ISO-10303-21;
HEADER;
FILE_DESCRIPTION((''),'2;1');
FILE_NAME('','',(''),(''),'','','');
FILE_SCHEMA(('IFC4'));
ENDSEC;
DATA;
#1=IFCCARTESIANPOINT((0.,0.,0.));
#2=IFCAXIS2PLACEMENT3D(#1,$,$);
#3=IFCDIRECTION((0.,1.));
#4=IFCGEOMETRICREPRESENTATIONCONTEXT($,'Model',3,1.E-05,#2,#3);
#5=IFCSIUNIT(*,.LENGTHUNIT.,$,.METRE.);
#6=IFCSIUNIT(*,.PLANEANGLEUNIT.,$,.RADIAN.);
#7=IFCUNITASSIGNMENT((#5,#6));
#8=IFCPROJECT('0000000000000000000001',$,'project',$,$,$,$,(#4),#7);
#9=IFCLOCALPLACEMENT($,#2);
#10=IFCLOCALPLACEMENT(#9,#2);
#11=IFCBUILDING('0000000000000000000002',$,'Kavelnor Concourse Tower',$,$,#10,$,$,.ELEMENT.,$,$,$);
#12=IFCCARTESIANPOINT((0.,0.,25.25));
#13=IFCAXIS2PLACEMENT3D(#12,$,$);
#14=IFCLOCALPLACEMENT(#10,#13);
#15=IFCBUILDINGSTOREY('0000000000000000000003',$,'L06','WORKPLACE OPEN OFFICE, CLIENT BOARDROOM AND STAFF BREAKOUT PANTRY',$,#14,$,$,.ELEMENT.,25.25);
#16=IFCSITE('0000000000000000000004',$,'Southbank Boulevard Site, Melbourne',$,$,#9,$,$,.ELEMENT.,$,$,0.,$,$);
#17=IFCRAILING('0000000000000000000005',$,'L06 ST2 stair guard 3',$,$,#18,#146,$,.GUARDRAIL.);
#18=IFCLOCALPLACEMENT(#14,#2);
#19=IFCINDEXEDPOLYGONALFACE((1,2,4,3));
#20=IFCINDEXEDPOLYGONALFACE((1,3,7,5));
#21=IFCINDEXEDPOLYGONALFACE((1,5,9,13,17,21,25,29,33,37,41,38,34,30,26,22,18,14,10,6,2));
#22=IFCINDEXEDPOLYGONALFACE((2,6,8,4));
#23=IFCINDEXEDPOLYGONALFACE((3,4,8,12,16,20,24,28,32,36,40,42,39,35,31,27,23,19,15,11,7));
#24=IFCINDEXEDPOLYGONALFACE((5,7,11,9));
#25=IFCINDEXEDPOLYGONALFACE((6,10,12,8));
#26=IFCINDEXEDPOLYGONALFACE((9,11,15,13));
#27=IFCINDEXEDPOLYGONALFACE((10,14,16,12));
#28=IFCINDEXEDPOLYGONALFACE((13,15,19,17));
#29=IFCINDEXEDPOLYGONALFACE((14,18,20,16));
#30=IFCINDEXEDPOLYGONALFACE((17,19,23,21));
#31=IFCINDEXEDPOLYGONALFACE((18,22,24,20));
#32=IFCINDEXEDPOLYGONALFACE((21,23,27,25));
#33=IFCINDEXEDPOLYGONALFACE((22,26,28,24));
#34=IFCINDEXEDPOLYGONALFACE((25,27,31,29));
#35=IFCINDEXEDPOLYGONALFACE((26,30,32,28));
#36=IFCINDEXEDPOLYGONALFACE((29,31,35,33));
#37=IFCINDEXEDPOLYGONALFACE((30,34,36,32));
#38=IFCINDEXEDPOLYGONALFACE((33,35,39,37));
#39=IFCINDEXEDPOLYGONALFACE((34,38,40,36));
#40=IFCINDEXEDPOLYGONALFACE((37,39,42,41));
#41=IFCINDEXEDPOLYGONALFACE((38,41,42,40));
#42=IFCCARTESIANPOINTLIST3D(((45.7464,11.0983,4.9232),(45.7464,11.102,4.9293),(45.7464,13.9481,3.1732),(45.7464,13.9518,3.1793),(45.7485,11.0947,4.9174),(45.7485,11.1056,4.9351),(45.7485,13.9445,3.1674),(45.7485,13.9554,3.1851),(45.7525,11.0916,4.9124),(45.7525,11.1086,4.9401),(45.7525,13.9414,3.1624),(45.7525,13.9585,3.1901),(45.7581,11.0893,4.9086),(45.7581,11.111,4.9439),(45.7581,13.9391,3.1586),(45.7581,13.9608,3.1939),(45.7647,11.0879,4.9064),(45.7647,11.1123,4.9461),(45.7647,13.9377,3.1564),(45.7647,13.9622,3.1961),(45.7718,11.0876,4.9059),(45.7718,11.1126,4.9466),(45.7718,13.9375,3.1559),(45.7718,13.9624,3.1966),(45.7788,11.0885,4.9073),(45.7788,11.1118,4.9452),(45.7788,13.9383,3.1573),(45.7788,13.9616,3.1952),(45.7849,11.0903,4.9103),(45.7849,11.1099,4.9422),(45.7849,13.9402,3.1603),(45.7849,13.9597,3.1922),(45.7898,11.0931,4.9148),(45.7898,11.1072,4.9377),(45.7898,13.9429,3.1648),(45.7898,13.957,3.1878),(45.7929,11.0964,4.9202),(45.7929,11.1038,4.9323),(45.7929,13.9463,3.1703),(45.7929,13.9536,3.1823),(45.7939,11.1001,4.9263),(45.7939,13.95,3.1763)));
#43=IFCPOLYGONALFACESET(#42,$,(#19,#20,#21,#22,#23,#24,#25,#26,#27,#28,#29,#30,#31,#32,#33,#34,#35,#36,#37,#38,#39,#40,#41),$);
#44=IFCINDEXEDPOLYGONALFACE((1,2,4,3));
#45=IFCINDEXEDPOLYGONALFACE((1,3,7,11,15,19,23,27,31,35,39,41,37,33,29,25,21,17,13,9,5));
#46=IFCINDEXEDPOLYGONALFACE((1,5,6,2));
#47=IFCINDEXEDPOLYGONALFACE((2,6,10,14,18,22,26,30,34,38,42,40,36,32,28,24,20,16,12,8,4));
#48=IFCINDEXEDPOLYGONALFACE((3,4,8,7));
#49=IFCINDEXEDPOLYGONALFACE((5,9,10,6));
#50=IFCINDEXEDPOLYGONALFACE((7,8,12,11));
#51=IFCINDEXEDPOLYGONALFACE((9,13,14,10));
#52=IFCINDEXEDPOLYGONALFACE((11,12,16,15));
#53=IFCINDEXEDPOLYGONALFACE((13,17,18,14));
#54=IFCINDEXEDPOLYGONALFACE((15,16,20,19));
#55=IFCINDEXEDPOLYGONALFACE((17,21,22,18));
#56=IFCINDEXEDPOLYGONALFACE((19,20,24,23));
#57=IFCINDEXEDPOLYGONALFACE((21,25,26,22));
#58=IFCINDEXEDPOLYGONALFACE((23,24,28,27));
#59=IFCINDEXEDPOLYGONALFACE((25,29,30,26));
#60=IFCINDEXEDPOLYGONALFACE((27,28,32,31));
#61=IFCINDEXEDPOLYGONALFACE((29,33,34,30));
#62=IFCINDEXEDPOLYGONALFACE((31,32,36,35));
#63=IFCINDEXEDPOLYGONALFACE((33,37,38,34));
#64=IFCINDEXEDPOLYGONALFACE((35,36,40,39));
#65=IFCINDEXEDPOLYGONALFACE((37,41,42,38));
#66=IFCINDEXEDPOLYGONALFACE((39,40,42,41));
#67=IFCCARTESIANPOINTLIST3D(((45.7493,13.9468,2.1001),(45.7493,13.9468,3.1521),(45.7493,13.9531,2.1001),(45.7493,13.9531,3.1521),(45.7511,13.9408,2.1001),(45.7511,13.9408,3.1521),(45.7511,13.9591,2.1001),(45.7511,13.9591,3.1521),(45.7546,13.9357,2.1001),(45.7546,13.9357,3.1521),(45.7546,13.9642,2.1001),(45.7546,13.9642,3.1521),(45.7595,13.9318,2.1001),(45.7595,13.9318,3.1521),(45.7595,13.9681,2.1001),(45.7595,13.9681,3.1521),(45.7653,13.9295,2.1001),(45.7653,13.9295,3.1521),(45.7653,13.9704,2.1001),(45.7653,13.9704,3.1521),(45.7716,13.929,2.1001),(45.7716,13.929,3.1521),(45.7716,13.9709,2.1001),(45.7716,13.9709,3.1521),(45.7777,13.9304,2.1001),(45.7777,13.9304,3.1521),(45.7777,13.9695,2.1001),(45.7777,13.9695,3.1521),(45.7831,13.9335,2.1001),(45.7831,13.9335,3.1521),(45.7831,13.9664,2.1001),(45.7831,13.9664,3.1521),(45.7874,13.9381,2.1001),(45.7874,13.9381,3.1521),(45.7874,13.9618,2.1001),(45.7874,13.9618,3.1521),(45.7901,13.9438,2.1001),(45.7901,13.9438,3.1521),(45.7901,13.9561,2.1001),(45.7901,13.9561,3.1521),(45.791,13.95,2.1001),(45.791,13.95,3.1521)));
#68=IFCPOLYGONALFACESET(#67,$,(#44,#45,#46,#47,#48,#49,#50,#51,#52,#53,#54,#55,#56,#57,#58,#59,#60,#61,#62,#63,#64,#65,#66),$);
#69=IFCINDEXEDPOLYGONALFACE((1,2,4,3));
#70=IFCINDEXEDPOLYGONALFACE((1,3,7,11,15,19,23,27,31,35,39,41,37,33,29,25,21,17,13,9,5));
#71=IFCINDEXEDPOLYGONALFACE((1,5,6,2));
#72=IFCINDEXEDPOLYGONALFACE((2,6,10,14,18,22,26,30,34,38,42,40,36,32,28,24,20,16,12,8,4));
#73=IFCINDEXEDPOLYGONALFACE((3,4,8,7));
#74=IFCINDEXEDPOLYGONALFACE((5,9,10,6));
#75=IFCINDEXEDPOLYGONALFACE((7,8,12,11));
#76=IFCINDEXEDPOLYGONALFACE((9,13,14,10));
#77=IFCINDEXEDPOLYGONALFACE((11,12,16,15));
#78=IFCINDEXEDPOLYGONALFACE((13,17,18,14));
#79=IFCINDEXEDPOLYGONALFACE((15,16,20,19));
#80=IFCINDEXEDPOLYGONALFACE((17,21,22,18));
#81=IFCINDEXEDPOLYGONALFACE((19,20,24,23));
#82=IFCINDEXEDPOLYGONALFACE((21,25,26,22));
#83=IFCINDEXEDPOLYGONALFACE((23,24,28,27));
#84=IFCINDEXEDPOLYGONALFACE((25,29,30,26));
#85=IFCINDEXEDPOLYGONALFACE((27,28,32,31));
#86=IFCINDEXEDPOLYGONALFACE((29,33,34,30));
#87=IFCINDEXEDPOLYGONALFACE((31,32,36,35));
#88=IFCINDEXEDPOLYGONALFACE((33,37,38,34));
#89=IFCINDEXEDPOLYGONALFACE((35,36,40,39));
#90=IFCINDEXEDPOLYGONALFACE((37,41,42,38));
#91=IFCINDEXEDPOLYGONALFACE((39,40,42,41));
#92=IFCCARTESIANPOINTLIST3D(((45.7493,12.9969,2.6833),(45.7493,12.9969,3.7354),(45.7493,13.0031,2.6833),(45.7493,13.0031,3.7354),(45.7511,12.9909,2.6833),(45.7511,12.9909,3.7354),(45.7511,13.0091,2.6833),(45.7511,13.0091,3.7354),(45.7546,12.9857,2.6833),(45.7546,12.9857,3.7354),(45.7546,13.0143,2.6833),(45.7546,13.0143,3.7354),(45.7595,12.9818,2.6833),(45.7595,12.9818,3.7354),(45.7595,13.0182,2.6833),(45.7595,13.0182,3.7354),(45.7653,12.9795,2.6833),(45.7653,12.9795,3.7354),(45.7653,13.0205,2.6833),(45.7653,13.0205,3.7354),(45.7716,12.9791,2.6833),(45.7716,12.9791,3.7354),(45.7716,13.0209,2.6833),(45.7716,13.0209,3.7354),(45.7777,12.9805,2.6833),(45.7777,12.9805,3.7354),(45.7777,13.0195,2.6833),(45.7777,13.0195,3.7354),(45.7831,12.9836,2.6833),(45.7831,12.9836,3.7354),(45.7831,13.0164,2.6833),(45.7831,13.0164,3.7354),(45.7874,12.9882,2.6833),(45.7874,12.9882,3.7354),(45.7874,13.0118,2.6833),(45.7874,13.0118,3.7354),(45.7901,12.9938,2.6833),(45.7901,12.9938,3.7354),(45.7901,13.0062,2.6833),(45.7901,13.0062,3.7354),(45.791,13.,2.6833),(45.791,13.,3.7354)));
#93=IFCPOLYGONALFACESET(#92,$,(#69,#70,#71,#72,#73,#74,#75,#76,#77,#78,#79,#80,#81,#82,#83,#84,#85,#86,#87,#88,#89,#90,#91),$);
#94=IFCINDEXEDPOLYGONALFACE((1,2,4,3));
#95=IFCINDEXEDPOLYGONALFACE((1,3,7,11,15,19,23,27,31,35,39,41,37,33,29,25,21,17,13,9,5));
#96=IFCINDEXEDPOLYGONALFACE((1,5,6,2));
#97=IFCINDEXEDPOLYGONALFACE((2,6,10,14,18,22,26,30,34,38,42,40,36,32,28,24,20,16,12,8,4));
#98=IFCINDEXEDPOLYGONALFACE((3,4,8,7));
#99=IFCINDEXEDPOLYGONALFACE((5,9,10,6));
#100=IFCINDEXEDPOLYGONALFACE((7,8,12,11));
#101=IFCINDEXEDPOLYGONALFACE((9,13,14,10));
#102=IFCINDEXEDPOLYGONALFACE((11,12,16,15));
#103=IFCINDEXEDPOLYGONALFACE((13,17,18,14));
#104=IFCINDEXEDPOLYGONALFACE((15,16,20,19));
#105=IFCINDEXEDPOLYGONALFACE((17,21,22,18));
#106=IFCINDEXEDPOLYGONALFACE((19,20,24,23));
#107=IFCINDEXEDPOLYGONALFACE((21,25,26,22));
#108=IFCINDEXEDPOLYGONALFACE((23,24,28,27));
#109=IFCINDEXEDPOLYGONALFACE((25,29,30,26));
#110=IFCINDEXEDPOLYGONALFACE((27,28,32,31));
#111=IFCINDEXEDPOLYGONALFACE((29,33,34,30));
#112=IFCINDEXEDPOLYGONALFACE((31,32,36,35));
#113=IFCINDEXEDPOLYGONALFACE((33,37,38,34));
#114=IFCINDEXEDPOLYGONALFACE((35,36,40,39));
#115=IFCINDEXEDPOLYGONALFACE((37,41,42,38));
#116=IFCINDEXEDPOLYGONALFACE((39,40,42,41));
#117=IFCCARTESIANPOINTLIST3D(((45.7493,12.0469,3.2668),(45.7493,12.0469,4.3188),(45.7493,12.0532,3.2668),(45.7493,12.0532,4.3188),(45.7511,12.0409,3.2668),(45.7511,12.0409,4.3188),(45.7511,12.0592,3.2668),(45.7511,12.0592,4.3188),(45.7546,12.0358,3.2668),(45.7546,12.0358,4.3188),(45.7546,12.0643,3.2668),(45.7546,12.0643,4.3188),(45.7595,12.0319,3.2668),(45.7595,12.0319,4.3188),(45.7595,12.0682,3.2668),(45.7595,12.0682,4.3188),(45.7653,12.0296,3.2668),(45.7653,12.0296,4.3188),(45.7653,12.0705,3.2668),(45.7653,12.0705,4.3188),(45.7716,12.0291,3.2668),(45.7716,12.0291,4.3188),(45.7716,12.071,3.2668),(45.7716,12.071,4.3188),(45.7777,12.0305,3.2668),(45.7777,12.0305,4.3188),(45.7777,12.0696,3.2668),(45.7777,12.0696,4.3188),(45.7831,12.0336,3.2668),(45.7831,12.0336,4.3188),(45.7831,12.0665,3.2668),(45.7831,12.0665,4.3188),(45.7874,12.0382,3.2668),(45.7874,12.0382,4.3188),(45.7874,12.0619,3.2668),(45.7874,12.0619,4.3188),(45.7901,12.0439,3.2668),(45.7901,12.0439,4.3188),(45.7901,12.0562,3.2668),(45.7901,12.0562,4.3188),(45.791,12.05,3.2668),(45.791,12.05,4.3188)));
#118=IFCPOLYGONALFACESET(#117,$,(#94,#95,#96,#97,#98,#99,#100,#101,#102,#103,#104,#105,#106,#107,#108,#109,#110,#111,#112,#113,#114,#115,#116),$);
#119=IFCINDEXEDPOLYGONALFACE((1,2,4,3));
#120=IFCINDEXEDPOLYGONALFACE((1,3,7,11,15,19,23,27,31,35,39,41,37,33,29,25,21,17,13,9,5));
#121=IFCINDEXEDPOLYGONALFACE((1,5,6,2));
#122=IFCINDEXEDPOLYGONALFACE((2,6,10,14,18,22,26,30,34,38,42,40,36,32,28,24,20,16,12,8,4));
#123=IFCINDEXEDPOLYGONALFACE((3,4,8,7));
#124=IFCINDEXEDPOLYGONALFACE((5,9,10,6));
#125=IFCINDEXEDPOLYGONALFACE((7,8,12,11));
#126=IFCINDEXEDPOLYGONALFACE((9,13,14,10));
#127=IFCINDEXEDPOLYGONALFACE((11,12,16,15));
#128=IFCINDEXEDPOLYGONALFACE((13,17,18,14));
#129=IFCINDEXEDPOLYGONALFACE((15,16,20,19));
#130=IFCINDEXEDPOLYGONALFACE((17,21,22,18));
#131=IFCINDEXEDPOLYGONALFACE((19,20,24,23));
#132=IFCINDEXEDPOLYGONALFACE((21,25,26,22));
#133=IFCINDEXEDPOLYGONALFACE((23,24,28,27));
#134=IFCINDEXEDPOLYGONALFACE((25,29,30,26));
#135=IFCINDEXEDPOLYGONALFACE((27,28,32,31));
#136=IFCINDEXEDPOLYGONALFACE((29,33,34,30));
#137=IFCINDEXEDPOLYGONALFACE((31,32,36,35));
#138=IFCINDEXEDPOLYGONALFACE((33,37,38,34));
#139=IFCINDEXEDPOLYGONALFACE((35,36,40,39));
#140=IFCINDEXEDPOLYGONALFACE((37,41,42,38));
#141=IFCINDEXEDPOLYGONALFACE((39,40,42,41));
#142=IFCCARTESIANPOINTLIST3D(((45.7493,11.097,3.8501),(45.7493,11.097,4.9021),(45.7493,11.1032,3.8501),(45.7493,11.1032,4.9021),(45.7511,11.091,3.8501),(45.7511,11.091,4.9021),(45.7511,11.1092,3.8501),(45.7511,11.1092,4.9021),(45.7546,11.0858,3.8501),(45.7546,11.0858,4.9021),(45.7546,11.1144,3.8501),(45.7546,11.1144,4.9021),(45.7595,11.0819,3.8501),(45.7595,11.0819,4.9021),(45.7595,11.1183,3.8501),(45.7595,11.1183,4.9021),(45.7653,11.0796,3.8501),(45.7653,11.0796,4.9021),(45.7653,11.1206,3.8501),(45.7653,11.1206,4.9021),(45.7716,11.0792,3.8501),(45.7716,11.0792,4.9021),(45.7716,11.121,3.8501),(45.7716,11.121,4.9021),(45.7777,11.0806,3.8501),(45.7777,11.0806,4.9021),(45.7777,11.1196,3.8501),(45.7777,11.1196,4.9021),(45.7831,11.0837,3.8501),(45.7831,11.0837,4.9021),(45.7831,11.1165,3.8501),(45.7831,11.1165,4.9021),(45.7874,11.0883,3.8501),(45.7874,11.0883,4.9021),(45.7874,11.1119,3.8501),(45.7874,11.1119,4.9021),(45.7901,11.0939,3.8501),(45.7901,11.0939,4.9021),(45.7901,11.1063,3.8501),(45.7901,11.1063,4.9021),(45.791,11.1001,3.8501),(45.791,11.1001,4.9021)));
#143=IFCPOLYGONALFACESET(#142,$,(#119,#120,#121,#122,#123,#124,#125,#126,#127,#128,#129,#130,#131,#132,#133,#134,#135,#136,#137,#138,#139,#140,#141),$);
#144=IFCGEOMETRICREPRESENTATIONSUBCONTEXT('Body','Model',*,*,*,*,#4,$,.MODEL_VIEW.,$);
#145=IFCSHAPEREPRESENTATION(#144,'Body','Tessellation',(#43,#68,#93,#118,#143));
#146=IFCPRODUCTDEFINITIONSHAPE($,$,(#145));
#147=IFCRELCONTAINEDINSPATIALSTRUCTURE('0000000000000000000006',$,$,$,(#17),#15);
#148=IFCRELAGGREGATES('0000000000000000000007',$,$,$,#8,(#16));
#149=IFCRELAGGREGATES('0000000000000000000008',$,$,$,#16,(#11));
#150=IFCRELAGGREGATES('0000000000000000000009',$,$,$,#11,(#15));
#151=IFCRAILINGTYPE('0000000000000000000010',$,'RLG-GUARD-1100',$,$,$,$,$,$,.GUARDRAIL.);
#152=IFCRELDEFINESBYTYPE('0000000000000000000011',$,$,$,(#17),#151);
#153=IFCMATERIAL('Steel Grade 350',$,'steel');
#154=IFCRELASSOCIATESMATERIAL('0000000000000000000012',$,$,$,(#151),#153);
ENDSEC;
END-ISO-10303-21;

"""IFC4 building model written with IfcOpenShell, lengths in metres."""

from ifc_helpers import new_model, si_unit, direction, frame, origin, origin_2d, place, context, subcontext, project, spatial, circle, extrude, material, type_object, element, save


model = new_model("IFC4")

# Units and contexts
model_context = context("Model", 3, precision=1e-05, world=origin(), true_north=direction((0.0, 1.0)))
body_context = subcontext(model_context, "Body", "Model", "MODEL_VIEW")
ifc_project = project(units=[si_unit("LENGTHUNIT", "METRE"), si_unit("PLANEANGLEUNIT", "RADIAN")], contexts=[model_context])

# Site, building, storey
site_placement = place(None, origin())
site = spatial("IfcSite", under=ifc_project, at=site_placement, Name="Southbank Boulevard Site, Melbourne", CompositionType="ELEMENT", RefElevation=0.0)
building_placement = place(site_placement, origin())
building = spatial("IfcBuilding", under=site, at=building_placement, Name="Kavelnor Concourse Tower", CompositionType="ELEMENT")
storey_placement = place(building_placement, frame((0.0, 0.0, 25.25)))
storey = spatial("IfcBuildingStorey", under=building, at=storey_placement, Name="L06", Description="WORKPLACE OPEN OFFICE, CLIENT BOARDROOM AND STAFF BREAKOUT PANTRY", CompositionType="ELEMENT", Elevation=25.25)

# Shared definitions
ifc_material_1 = material(Name="Steel Grade 350", Category="steel")

# Railing
railing_type_1 = type_object("IfcRailingType", Name="RLG-GUARD-1100", PredefinedType="GUARDRAIL", material=ifc_material_1)
railing_1_placement = place(storey_placement, frame((45.77, 13.95, 2.1001)))
element("IfcRailing", 1, at=railing_1_placement, inside=storey, type_object=railing_type_1, Name="L06 ST2 stair guard 3", PredefinedType="GUARDRAIL", context=body_context, shape_type="SweptSolid", body=[
    extrude(circle(Radius=0.0239, at=origin_2d()), frame((0.0, 0.0, 1.0762), z_axis=(0.0, -0.852159, 0.523283), x_axis=(1.0, 0.0, 0.0)), (0.0, 0.0, 1.0), 3.3442),
    extrude(circle(Radius=0.021, at=origin_2d()), origin(), (0.0, 0.0, 1.0), 1.052),
    extrude(circle(Radius=0.021, at=origin_2d()), frame((0.0, -0.95, 0.5833)), (0.0, 0.0, 1.0), 1.052),
    extrude(circle(Radius=0.021, at=origin_2d()), frame((0.0, -1.8999, 1.1667)), (0.0, 0.0, 1.0), 1.052),
    extrude(circle(Radius=0.021, at=origin_2d()), frame((0.0, -2.8499, 1.75)), (0.0, 0.0, 1.0), 1.052),
])

save(model, "model.ifc")
